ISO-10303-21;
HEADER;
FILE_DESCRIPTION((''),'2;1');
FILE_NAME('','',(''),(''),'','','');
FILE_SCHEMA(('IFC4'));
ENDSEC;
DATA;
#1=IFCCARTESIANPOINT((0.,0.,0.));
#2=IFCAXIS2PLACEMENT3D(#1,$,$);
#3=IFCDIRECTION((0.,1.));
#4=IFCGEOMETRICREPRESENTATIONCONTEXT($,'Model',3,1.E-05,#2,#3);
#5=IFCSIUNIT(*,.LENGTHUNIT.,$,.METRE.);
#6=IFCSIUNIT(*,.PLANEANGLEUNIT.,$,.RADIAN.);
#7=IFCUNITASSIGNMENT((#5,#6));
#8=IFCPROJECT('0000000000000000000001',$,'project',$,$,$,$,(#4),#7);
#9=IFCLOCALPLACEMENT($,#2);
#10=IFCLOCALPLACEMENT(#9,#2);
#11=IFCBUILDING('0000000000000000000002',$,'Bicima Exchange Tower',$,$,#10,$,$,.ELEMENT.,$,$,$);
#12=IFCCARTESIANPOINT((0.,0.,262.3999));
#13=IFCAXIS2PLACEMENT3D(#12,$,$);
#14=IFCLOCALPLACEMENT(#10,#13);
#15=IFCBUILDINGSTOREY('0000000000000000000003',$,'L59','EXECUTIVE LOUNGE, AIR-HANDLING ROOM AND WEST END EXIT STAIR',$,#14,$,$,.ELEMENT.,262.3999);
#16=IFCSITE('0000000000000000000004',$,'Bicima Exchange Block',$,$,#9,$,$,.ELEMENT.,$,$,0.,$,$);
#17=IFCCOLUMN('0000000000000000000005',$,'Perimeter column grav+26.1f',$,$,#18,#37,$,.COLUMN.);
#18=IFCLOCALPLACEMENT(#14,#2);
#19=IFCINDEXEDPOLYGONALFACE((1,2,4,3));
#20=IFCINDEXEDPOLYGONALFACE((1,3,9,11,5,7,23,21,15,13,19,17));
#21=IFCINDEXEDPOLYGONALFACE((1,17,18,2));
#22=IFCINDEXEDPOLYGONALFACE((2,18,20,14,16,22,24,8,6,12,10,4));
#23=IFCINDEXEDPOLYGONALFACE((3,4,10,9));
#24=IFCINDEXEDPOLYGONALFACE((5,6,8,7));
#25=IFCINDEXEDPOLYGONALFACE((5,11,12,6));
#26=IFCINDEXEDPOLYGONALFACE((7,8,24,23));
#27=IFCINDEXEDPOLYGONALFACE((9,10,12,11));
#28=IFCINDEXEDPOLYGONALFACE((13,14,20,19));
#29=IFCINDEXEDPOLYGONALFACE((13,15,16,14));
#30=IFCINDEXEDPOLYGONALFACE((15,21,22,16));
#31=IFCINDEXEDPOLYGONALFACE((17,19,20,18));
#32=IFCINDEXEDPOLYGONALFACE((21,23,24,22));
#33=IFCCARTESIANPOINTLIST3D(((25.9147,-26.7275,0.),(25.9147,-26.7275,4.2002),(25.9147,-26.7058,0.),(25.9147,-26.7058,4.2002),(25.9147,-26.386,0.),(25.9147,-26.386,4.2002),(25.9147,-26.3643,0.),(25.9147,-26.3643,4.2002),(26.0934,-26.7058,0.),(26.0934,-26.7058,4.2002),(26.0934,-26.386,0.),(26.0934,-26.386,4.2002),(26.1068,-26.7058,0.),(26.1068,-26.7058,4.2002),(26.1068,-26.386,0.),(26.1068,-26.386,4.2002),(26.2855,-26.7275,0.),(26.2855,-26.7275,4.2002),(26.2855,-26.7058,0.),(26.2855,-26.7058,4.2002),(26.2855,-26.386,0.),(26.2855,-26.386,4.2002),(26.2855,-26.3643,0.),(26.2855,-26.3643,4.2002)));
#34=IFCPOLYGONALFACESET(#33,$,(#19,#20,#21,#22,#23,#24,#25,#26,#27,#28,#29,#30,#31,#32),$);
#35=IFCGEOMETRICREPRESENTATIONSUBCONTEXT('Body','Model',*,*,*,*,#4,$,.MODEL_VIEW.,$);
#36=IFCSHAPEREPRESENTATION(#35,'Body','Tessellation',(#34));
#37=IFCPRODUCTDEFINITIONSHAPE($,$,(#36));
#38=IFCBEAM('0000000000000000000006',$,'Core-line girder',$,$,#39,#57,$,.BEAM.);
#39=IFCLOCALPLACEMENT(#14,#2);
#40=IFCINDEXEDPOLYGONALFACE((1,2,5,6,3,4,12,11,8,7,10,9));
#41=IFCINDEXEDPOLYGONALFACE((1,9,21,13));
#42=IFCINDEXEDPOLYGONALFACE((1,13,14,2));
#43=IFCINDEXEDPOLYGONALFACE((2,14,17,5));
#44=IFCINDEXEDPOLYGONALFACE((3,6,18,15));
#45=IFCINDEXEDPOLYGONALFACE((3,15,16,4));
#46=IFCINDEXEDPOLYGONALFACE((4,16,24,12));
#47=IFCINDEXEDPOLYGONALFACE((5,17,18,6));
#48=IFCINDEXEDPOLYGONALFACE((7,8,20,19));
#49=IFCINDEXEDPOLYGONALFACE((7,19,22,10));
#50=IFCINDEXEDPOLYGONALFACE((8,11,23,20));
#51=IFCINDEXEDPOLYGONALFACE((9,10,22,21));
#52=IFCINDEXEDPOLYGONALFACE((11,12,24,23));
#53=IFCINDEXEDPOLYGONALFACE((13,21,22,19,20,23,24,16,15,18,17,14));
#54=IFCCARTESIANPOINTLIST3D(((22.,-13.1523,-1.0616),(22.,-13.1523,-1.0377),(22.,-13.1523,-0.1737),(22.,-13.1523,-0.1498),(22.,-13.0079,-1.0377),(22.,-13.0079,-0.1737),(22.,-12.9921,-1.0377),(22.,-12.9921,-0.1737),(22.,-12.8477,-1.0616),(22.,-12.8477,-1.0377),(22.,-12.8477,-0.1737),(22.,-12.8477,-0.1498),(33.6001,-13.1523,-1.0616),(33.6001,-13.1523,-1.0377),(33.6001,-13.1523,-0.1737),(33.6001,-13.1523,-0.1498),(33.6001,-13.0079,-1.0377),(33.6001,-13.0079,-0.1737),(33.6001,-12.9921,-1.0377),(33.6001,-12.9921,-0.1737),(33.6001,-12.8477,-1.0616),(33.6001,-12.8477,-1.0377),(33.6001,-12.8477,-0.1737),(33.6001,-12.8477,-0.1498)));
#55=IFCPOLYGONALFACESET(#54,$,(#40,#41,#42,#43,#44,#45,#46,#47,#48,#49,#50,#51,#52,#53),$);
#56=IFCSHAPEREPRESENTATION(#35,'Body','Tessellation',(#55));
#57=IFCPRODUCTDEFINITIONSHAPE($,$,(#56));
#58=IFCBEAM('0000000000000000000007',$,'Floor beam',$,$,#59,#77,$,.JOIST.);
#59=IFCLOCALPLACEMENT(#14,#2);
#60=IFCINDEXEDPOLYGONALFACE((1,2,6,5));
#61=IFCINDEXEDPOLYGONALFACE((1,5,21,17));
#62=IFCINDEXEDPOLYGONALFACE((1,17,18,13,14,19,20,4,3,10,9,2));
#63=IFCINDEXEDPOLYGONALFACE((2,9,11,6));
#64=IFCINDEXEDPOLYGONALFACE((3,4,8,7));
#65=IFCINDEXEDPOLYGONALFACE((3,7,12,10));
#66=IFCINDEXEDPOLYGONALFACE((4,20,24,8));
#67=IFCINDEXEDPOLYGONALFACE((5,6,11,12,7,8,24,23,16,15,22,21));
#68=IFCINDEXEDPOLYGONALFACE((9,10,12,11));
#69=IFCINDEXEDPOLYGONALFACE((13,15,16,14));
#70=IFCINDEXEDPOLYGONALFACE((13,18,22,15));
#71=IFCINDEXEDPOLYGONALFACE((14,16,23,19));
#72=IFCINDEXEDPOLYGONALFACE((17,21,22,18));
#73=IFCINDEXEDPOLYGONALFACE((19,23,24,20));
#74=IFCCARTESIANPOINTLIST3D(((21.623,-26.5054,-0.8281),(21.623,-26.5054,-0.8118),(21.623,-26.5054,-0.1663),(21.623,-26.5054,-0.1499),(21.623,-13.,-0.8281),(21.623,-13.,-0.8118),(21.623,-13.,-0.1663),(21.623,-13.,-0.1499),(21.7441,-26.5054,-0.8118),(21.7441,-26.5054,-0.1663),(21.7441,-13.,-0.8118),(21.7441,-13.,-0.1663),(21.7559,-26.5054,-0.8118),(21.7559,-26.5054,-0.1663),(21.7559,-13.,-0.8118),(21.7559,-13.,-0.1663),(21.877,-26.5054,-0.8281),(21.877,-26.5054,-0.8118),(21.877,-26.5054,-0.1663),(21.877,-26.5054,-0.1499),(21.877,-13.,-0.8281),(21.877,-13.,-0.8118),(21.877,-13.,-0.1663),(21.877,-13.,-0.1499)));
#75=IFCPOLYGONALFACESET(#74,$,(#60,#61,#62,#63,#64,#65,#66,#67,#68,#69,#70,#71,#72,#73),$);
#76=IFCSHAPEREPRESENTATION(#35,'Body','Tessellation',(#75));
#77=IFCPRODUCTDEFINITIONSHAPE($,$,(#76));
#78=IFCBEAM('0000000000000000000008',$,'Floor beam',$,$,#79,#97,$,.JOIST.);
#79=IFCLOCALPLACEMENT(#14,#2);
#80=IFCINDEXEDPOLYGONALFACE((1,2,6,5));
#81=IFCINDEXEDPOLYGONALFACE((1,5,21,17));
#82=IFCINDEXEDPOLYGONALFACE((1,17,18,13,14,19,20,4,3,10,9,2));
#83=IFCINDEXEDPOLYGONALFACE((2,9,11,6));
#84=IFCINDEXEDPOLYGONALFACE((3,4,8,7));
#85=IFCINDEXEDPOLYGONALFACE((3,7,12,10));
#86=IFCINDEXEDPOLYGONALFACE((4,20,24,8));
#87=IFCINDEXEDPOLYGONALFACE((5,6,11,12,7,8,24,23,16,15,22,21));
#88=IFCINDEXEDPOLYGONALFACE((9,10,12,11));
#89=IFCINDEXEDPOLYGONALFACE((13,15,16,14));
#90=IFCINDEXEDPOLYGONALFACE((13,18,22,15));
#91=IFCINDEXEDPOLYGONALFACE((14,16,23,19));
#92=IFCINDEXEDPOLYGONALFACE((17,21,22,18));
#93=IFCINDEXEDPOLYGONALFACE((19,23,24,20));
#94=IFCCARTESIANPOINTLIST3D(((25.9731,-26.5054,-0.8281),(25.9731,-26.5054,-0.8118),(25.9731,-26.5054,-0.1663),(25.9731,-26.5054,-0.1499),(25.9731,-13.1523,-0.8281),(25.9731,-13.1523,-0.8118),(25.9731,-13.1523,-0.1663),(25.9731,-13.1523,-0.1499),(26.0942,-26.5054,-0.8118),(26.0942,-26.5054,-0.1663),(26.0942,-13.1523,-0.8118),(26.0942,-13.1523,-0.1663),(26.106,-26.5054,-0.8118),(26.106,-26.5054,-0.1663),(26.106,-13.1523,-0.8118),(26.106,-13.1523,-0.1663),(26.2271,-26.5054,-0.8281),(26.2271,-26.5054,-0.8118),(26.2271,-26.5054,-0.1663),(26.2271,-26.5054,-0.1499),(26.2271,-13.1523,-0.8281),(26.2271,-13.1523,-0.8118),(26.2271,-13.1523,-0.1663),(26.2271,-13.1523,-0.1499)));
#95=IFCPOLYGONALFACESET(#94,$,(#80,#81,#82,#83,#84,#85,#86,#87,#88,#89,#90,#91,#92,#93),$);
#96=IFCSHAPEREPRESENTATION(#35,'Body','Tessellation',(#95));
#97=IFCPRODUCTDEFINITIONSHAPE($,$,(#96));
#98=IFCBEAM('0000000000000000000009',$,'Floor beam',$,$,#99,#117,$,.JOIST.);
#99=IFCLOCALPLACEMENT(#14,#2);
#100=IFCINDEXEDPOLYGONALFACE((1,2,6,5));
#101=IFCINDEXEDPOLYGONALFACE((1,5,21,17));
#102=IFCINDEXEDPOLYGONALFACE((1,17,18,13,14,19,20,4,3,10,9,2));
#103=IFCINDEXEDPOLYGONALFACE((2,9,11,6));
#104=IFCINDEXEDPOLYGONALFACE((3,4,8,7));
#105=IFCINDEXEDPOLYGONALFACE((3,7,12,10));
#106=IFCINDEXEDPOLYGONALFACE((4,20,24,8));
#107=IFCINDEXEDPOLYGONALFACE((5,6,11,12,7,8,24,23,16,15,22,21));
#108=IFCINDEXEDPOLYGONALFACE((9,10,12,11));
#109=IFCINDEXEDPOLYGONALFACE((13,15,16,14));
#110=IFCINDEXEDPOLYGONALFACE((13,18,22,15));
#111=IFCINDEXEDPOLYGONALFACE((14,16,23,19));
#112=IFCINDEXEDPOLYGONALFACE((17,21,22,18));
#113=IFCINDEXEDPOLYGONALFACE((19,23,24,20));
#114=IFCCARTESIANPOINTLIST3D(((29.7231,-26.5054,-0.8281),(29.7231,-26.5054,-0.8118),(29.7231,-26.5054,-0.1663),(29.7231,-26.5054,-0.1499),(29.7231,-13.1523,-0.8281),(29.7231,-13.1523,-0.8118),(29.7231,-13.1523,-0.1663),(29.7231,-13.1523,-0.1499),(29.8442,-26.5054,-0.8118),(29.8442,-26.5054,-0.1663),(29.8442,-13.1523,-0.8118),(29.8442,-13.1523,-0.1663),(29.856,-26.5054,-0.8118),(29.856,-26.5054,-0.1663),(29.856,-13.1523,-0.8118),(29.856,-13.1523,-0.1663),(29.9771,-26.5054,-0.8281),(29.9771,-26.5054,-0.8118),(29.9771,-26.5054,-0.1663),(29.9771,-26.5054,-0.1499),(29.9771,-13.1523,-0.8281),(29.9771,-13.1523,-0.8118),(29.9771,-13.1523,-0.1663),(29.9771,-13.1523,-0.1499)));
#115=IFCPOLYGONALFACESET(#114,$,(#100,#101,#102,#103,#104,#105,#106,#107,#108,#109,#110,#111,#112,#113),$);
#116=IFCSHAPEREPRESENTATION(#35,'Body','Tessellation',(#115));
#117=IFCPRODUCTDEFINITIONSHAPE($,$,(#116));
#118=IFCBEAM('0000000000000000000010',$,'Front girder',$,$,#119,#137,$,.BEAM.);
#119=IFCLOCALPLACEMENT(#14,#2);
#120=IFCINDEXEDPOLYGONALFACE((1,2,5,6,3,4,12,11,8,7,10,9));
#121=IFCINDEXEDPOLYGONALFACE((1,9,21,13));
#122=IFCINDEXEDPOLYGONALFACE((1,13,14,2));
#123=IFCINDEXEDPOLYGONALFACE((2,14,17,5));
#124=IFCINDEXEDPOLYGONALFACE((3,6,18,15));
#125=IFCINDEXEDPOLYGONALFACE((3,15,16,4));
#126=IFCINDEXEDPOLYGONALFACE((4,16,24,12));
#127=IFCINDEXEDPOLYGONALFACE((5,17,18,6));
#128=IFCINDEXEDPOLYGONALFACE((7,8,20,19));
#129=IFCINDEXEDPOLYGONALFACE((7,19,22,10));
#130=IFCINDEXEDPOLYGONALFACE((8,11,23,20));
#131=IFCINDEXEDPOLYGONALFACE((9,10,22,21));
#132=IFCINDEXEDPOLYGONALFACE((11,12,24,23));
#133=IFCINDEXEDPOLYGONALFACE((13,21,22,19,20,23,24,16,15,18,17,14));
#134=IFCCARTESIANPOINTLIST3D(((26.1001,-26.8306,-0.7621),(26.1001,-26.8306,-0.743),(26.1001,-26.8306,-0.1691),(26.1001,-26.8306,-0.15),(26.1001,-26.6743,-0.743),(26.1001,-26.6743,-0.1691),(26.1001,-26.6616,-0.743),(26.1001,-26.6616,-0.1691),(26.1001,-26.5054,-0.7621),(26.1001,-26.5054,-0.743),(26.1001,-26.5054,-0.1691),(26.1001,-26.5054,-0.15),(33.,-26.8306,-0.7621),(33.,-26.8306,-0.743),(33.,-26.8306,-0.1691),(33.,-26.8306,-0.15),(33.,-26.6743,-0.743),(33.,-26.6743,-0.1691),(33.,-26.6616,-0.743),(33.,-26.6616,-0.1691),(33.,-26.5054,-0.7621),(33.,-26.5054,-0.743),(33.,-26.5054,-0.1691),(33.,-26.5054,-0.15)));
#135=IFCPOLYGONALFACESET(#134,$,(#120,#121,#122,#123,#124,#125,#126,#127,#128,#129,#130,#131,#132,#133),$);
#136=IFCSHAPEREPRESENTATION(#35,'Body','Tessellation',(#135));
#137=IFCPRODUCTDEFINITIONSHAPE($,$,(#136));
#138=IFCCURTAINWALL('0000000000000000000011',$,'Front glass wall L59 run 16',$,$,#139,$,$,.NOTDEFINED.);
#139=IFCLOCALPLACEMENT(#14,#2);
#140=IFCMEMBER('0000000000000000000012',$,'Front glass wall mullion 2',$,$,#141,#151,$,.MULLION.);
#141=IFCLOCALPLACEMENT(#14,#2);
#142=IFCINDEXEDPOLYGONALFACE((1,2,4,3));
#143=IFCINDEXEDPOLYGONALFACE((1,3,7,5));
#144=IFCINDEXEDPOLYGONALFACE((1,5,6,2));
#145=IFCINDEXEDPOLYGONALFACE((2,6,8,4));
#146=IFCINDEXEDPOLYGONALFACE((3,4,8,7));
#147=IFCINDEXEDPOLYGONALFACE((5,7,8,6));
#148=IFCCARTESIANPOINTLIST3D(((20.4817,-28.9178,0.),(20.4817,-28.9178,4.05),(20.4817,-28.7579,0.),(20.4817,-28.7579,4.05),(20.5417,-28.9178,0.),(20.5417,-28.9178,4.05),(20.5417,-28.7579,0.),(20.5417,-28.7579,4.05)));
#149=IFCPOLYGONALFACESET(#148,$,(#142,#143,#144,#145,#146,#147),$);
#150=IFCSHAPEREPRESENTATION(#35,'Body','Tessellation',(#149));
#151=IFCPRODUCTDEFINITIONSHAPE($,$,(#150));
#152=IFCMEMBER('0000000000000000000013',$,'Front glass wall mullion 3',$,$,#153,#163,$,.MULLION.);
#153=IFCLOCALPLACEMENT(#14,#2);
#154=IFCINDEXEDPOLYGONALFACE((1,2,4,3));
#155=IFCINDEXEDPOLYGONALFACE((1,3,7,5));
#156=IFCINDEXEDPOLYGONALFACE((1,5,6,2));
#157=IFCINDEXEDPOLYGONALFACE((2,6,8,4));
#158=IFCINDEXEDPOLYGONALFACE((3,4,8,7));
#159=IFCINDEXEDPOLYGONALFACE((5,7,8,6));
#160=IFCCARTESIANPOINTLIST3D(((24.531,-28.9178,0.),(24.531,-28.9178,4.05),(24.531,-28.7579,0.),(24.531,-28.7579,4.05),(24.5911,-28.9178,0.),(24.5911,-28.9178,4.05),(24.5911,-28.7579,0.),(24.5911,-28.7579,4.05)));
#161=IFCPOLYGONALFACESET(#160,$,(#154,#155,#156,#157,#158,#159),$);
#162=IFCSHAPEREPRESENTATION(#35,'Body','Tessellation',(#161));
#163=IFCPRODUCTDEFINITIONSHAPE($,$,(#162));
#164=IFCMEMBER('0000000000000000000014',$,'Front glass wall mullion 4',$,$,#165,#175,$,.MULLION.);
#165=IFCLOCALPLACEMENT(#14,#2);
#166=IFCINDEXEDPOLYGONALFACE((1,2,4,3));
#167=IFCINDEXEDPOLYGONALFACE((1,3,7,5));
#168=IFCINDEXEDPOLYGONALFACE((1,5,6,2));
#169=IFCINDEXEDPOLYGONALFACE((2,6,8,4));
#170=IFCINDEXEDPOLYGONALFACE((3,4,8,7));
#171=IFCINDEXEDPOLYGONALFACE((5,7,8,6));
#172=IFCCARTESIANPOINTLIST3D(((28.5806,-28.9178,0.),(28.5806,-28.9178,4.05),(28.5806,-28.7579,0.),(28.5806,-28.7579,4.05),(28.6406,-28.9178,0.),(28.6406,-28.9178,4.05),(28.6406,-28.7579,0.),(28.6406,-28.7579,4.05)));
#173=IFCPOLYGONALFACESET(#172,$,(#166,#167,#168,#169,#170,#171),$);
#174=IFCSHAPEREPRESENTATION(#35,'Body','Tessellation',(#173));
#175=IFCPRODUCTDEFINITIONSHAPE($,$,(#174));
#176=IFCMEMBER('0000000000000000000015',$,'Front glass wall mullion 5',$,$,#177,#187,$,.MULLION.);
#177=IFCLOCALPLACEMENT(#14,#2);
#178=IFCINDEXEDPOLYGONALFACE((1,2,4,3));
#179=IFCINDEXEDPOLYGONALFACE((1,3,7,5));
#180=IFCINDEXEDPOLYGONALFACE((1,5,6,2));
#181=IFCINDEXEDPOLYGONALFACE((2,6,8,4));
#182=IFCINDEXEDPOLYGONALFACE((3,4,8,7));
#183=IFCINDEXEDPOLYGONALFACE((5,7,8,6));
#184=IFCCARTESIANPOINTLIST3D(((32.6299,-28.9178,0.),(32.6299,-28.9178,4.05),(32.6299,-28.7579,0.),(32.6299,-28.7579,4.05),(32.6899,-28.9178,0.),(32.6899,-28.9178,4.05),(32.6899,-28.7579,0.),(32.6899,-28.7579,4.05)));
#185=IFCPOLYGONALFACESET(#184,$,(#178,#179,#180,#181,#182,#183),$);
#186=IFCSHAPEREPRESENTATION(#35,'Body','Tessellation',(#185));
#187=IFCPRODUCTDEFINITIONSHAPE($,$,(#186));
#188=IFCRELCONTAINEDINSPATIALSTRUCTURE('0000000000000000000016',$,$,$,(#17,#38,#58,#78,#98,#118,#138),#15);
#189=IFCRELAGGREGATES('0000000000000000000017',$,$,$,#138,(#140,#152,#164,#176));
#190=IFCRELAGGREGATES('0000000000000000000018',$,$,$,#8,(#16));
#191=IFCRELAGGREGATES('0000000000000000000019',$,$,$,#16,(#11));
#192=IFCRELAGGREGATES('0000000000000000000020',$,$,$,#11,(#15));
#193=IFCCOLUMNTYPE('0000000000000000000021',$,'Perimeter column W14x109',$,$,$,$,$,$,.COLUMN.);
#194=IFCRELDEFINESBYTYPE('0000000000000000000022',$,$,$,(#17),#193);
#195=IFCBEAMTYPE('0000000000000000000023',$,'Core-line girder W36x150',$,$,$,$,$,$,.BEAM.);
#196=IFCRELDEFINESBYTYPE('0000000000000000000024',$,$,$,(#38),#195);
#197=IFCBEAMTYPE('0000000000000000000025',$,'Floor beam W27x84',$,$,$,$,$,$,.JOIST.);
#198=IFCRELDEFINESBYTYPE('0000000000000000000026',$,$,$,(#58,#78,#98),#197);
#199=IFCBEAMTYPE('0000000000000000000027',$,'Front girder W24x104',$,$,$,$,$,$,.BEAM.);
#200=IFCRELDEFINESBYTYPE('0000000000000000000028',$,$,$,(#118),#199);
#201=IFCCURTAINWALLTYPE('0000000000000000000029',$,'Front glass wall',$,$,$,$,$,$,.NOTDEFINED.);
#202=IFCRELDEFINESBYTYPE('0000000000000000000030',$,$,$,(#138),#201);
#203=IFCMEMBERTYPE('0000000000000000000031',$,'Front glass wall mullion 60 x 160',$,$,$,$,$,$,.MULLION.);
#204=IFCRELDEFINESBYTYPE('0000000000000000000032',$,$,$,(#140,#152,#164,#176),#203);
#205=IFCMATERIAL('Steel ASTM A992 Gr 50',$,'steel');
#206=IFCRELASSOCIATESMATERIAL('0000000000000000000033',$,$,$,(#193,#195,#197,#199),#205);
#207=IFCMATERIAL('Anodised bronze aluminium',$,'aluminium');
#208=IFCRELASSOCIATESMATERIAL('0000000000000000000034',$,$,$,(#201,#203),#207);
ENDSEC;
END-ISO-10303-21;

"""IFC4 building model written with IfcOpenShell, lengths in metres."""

from ifc_helpers import new_model, si_unit, direction, frame, origin, origin_2d, place, context, subcontext, project, spatial, rectangle, i_section, extrude, material, material_profile, profile_set, type_object, element, aggregate, save


model = new_model("IFC4")

# Units and contexts
model_context = context("Model", 3, precision=1e-05, world=origin(), true_north=direction((0.0, 1.0)))
body_context = subcontext(model_context, "Body", "Model", "MODEL_VIEW")
ifc_project = project(units=[si_unit("LENGTHUNIT", "METRE"), si_unit("PLANEANGLEUNIT", "RADIAN")], contexts=[model_context])

# Site, building, storey
site_placement = place(None, origin())
site = spatial("IfcSite", under=ifc_project, at=site_placement, Name="Bicima Exchange Block", CompositionType="ELEMENT", RefElevation=0.0)
building_placement = place(site_placement, origin())
building = spatial("IfcBuilding", under=site, at=building_placement, Name="Bicima Exchange Tower", CompositionType="ELEMENT")
storey_placement = place(building_placement, frame((0.0, 0.0, 262.3999)))
storey = spatial("IfcBuildingStorey", under=building, at=storey_placement, Name="L59", Description="EXECUTIVE LOUNGE, AIR-HANDLING ROOM AND WEST END EXIT STAIR", CompositionType="ELEMENT", Elevation=262.3999)

# Column
ifc_material_1 = material(Name="Steel ASTM A992 Gr 50", Category="steel")
ifc_material_profile_1 = material_profile(ifc_material_1, i_section(OverallWidth=0.3708, OverallDepth=0.3633, WebThickness=0.0134, FlangeThickness=0.0217, at=origin_2d()))
ifc_profile_set_1 = profile_set([ifc_material_profile_1], Name="Steel ASTM A992 Gr 50")
column_type = type_object("IfcColumnType", Name="Perimeter column W14x109", PredefinedType="COLUMN", material=ifc_profile_set_1)
column_placement = place(storey_placement, frame((26.1001, -26.5459, 0.0), z_axis=(0.0, 0.0, 1.0), x_axis=(1.0, 0.0, 0.0)))
element("IfcColumn", 1, at=column_placement, inside=storey, type_object=column_type, Name="Perimeter column grav+26.1f", PredefinedType="COLUMN", context=body_context, shape_type="SweptSolid", body=[
    extrude(i_section(OverallWidth=0.3708, OverallDepth=0.3633, WebThickness=0.0134, FlangeThickness=0.0217, at=origin_2d()), origin(), (0.0, 0.0, 1.0), 4.2002),
])

# Beams
ifc_material_profile_2 = material_profile(ifc_material_1, i_section(OverallWidth=0.3047, OverallDepth=0.9119, WebThickness=0.0159, FlangeThickness=0.0239, at=origin_2d()))
ifc_profile_set_2 = profile_set([ifc_material_profile_2], Name="Steel ASTM A992 Gr 50")
beam_type_1 = type_object("IfcBeamType", Name="Core-line girder W36x150", PredefinedType="BEAM", material=ifc_profile_set_2)
beam_1_placement = place(storey_placement, frame((22.0, -13.0, -0.6057), z_axis=(1.0, 0.0, 0.0), x_axis=(0.0, 1.0, 0.0)))
element("IfcBeam", 2, at=beam_1_placement, inside=storey, type_object=beam_type_1, Name="Core-line girder", PredefinedType="BEAM", context=body_context, shape_type="SweptSolid", body=[
    extrude(i_section(OverallWidth=0.3047, OverallDepth=0.9119, WebThickness=0.0159, FlangeThickness=0.0239, at=origin_2d()), origin(), (0.0, 0.0, 1.0), 11.6001),
])
ifc_material_profile_3 = material_profile(ifc_material_1, i_section(OverallWidth=0.2539, OverallDepth=0.6782, WebThickness=0.0117, FlangeThickness=0.0164, at=origin_2d()))
ifc_profile_set_3 = profile_set([ifc_material_profile_3], Name="Steel ASTM A992 Gr 50")
beam_type_2 = type_object("IfcBeamType", Name="Floor beam W27x84", PredefinedType="JOIST", material=ifc_profile_set_3)
beam_2_placement = place(storey_placement, frame((21.75, -13.0, -0.489), z_axis=(0.0, -1.0, 0.0), x_axis=(1.0, 0.0, 0.0)))
element("IfcBeam", 3, at=beam_2_placement, inside=storey, type_object=beam_type_2, Name="Floor beam", PredefinedType="JOIST", context=body_context, shape_type="SweptSolid", body=[
    extrude(i_section(OverallWidth=0.2539, OverallDepth=0.6782, WebThickness=0.0117, FlangeThickness=0.0164, at=origin_2d()), origin(), (0.0, 0.0, 1.0), 13.5054),
])
for number, where, z_axis, x_axis, name in (
    (4, (26.1001, -13.1523, -0.489), (0.0, -1.0, 0.0), (1.0, 0.0, 0.0), "Floor beam"),
    (5, (29.8501, -13.1523, -0.489), (0.0, -1.0, 0.0), (1.0, 0.0, 0.0), "Floor beam"),
):
    element("IfcBeam", number, at=place(storey_placement, frame(where, z_axis=z_axis, x_axis=x_axis)), inside=storey, type_object=beam_type_2, Name=name, PredefinedType="JOIST", context=body_context, shape_type="SweptSolid", body=[
        extrude(i_section(OverallWidth=0.2539, OverallDepth=0.6782, WebThickness=0.0117, FlangeThickness=0.0164, at=origin_2d()), origin(), (0.0, 0.0, 1.0), 13.353),
    ])
ifc_material_profile_4 = material_profile(ifc_material_1, i_section(OverallWidth=0.3252, OverallDepth=0.6121, WebThickness=0.0127, FlangeThickness=0.019, at=origin_2d()))
ifc_profile_set_4 = profile_set([ifc_material_profile_4], Name="Steel ASTM A992 Gr 50")
beam_type_3 = type_object("IfcBeamType", Name="Front girder W24x104", PredefinedType="BEAM", material=ifc_profile_set_4)
beam_3_placement = place(storey_placement, frame((26.1001, -26.668, -0.4561), z_axis=(1.0, 0.0, 0.0), x_axis=(0.0, 1.0, 0.0)))
element("IfcBeam", 6, at=beam_3_placement, inside=storey, type_object=beam_type_3, Name="Front girder", PredefinedType="BEAM", context=body_context, shape_type="SweptSolid", body=[
    extrude(i_section(OverallWidth=0.3252, OverallDepth=0.6121, WebThickness=0.0127, FlangeThickness=0.019, at=origin_2d()), origin(), (0.0, 0.0, 1.0), 6.8999),
])

# Curtain wall, members
ifc_material_2 = material(Name="Anodised bronze aluminium", Category="aluminium")
curtain_wall_type = type_object("IfcCurtainWallType", Name="Front glass wall", PredefinedType="NOTDEFINED", material=ifc_material_2)
curtain_wall_1_placement = place(storey_placement, origin())
curtain_wall_1 = element("IfcCurtainWall", 7, at=curtain_wall_1_placement, inside=storey, type_object=curtain_wall_type, Name="Front glass wall L59 run 16", PredefinedType="NOTDEFINED")
ifc_material_profile_5 = material_profile(ifc_material_2, rectangle(XDim=0.1599, YDim=0.0601, at=origin_2d()))
ifc_profile_set_5 = profile_set([ifc_material_profile_5], Name="Anodised bronze aluminium")
member_type_1 = type_object("IfcMemberType", Name="Front glass wall mullion 60 x 160", PredefinedType="MULLION", material=ifc_profile_set_5)
member_1_placement = place(storey_placement, frame((20.5117, -28.8379, 0.0), z_axis=(0.0, 0.0, 1.0), x_axis=(0.0, 1.0, 0.0)))
member_1 = element("IfcMember", 8, at=member_1_placement, type_object=member_type_1, Name="Front glass wall mullion 2", PredefinedType="MULLION", context=body_context, shape_type="SweptSolid", body=[
    extrude(rectangle(XDim=0.1599, YDim=0.0601, at=origin_2d()), origin(), (0.0, 0.0, 1.0), 4.05),
])
member_2_placement = place(storey_placement, frame((24.561, -28.8379, 0.0), z_axis=(0.0, 0.0, 1.0), x_axis=(0.0, 1.0, 0.0)))
member_2 = element("IfcMember", 9, at=member_2_placement, type_object=member_type_1, Name="Front glass wall mullion 3", PredefinedType="MULLION", context=body_context, shape_type="SweptSolid", body=[
    extrude(rectangle(XDim=0.1599, YDim=0.0601, at=origin_2d()), origin(), (0.0, 0.0, 1.0), 4.05),
])
member_3_placement = place(storey_placement, frame((28.6106, -28.8379, 0.0), z_axis=(0.0, 0.0, 1.0), x_axis=(0.0, 1.0, 0.0)))
member_3 = element("IfcMember", 10, at=member_3_placement, type_object=member_type_1, Name="Front glass wall mullion 4", PredefinedType="MULLION", context=body_context, shape_type="SweptSolid", body=[
    extrude(rectangle(XDim=0.1599, YDim=0.0601, at=origin_2d()), origin(), (0.0, 0.0, 1.0), 4.05),
])
member_4_placement = place(storey_placement, frame((32.6599, -28.8379, 0.0), z_axis=(0.0, 0.0, 1.0), x_axis=(0.0, 1.0, 0.0)))
member_4 = element("IfcMember", 11, at=member_4_placement, type_object=member_type_1, Name="Front glass wall mullion 5", PredefinedType="MULLION", context=body_context, shape_type="SweptSolid", body=[
    extrude(rectangle(XDim=0.1599, YDim=0.0601, at=origin_2d()), origin(), (0.0, 0.0, 1.0), 4.05),
])

aggregate(curtain_wall_1, [member_1, member_2, member_3, member_4])

save(model, "model.ifc")
